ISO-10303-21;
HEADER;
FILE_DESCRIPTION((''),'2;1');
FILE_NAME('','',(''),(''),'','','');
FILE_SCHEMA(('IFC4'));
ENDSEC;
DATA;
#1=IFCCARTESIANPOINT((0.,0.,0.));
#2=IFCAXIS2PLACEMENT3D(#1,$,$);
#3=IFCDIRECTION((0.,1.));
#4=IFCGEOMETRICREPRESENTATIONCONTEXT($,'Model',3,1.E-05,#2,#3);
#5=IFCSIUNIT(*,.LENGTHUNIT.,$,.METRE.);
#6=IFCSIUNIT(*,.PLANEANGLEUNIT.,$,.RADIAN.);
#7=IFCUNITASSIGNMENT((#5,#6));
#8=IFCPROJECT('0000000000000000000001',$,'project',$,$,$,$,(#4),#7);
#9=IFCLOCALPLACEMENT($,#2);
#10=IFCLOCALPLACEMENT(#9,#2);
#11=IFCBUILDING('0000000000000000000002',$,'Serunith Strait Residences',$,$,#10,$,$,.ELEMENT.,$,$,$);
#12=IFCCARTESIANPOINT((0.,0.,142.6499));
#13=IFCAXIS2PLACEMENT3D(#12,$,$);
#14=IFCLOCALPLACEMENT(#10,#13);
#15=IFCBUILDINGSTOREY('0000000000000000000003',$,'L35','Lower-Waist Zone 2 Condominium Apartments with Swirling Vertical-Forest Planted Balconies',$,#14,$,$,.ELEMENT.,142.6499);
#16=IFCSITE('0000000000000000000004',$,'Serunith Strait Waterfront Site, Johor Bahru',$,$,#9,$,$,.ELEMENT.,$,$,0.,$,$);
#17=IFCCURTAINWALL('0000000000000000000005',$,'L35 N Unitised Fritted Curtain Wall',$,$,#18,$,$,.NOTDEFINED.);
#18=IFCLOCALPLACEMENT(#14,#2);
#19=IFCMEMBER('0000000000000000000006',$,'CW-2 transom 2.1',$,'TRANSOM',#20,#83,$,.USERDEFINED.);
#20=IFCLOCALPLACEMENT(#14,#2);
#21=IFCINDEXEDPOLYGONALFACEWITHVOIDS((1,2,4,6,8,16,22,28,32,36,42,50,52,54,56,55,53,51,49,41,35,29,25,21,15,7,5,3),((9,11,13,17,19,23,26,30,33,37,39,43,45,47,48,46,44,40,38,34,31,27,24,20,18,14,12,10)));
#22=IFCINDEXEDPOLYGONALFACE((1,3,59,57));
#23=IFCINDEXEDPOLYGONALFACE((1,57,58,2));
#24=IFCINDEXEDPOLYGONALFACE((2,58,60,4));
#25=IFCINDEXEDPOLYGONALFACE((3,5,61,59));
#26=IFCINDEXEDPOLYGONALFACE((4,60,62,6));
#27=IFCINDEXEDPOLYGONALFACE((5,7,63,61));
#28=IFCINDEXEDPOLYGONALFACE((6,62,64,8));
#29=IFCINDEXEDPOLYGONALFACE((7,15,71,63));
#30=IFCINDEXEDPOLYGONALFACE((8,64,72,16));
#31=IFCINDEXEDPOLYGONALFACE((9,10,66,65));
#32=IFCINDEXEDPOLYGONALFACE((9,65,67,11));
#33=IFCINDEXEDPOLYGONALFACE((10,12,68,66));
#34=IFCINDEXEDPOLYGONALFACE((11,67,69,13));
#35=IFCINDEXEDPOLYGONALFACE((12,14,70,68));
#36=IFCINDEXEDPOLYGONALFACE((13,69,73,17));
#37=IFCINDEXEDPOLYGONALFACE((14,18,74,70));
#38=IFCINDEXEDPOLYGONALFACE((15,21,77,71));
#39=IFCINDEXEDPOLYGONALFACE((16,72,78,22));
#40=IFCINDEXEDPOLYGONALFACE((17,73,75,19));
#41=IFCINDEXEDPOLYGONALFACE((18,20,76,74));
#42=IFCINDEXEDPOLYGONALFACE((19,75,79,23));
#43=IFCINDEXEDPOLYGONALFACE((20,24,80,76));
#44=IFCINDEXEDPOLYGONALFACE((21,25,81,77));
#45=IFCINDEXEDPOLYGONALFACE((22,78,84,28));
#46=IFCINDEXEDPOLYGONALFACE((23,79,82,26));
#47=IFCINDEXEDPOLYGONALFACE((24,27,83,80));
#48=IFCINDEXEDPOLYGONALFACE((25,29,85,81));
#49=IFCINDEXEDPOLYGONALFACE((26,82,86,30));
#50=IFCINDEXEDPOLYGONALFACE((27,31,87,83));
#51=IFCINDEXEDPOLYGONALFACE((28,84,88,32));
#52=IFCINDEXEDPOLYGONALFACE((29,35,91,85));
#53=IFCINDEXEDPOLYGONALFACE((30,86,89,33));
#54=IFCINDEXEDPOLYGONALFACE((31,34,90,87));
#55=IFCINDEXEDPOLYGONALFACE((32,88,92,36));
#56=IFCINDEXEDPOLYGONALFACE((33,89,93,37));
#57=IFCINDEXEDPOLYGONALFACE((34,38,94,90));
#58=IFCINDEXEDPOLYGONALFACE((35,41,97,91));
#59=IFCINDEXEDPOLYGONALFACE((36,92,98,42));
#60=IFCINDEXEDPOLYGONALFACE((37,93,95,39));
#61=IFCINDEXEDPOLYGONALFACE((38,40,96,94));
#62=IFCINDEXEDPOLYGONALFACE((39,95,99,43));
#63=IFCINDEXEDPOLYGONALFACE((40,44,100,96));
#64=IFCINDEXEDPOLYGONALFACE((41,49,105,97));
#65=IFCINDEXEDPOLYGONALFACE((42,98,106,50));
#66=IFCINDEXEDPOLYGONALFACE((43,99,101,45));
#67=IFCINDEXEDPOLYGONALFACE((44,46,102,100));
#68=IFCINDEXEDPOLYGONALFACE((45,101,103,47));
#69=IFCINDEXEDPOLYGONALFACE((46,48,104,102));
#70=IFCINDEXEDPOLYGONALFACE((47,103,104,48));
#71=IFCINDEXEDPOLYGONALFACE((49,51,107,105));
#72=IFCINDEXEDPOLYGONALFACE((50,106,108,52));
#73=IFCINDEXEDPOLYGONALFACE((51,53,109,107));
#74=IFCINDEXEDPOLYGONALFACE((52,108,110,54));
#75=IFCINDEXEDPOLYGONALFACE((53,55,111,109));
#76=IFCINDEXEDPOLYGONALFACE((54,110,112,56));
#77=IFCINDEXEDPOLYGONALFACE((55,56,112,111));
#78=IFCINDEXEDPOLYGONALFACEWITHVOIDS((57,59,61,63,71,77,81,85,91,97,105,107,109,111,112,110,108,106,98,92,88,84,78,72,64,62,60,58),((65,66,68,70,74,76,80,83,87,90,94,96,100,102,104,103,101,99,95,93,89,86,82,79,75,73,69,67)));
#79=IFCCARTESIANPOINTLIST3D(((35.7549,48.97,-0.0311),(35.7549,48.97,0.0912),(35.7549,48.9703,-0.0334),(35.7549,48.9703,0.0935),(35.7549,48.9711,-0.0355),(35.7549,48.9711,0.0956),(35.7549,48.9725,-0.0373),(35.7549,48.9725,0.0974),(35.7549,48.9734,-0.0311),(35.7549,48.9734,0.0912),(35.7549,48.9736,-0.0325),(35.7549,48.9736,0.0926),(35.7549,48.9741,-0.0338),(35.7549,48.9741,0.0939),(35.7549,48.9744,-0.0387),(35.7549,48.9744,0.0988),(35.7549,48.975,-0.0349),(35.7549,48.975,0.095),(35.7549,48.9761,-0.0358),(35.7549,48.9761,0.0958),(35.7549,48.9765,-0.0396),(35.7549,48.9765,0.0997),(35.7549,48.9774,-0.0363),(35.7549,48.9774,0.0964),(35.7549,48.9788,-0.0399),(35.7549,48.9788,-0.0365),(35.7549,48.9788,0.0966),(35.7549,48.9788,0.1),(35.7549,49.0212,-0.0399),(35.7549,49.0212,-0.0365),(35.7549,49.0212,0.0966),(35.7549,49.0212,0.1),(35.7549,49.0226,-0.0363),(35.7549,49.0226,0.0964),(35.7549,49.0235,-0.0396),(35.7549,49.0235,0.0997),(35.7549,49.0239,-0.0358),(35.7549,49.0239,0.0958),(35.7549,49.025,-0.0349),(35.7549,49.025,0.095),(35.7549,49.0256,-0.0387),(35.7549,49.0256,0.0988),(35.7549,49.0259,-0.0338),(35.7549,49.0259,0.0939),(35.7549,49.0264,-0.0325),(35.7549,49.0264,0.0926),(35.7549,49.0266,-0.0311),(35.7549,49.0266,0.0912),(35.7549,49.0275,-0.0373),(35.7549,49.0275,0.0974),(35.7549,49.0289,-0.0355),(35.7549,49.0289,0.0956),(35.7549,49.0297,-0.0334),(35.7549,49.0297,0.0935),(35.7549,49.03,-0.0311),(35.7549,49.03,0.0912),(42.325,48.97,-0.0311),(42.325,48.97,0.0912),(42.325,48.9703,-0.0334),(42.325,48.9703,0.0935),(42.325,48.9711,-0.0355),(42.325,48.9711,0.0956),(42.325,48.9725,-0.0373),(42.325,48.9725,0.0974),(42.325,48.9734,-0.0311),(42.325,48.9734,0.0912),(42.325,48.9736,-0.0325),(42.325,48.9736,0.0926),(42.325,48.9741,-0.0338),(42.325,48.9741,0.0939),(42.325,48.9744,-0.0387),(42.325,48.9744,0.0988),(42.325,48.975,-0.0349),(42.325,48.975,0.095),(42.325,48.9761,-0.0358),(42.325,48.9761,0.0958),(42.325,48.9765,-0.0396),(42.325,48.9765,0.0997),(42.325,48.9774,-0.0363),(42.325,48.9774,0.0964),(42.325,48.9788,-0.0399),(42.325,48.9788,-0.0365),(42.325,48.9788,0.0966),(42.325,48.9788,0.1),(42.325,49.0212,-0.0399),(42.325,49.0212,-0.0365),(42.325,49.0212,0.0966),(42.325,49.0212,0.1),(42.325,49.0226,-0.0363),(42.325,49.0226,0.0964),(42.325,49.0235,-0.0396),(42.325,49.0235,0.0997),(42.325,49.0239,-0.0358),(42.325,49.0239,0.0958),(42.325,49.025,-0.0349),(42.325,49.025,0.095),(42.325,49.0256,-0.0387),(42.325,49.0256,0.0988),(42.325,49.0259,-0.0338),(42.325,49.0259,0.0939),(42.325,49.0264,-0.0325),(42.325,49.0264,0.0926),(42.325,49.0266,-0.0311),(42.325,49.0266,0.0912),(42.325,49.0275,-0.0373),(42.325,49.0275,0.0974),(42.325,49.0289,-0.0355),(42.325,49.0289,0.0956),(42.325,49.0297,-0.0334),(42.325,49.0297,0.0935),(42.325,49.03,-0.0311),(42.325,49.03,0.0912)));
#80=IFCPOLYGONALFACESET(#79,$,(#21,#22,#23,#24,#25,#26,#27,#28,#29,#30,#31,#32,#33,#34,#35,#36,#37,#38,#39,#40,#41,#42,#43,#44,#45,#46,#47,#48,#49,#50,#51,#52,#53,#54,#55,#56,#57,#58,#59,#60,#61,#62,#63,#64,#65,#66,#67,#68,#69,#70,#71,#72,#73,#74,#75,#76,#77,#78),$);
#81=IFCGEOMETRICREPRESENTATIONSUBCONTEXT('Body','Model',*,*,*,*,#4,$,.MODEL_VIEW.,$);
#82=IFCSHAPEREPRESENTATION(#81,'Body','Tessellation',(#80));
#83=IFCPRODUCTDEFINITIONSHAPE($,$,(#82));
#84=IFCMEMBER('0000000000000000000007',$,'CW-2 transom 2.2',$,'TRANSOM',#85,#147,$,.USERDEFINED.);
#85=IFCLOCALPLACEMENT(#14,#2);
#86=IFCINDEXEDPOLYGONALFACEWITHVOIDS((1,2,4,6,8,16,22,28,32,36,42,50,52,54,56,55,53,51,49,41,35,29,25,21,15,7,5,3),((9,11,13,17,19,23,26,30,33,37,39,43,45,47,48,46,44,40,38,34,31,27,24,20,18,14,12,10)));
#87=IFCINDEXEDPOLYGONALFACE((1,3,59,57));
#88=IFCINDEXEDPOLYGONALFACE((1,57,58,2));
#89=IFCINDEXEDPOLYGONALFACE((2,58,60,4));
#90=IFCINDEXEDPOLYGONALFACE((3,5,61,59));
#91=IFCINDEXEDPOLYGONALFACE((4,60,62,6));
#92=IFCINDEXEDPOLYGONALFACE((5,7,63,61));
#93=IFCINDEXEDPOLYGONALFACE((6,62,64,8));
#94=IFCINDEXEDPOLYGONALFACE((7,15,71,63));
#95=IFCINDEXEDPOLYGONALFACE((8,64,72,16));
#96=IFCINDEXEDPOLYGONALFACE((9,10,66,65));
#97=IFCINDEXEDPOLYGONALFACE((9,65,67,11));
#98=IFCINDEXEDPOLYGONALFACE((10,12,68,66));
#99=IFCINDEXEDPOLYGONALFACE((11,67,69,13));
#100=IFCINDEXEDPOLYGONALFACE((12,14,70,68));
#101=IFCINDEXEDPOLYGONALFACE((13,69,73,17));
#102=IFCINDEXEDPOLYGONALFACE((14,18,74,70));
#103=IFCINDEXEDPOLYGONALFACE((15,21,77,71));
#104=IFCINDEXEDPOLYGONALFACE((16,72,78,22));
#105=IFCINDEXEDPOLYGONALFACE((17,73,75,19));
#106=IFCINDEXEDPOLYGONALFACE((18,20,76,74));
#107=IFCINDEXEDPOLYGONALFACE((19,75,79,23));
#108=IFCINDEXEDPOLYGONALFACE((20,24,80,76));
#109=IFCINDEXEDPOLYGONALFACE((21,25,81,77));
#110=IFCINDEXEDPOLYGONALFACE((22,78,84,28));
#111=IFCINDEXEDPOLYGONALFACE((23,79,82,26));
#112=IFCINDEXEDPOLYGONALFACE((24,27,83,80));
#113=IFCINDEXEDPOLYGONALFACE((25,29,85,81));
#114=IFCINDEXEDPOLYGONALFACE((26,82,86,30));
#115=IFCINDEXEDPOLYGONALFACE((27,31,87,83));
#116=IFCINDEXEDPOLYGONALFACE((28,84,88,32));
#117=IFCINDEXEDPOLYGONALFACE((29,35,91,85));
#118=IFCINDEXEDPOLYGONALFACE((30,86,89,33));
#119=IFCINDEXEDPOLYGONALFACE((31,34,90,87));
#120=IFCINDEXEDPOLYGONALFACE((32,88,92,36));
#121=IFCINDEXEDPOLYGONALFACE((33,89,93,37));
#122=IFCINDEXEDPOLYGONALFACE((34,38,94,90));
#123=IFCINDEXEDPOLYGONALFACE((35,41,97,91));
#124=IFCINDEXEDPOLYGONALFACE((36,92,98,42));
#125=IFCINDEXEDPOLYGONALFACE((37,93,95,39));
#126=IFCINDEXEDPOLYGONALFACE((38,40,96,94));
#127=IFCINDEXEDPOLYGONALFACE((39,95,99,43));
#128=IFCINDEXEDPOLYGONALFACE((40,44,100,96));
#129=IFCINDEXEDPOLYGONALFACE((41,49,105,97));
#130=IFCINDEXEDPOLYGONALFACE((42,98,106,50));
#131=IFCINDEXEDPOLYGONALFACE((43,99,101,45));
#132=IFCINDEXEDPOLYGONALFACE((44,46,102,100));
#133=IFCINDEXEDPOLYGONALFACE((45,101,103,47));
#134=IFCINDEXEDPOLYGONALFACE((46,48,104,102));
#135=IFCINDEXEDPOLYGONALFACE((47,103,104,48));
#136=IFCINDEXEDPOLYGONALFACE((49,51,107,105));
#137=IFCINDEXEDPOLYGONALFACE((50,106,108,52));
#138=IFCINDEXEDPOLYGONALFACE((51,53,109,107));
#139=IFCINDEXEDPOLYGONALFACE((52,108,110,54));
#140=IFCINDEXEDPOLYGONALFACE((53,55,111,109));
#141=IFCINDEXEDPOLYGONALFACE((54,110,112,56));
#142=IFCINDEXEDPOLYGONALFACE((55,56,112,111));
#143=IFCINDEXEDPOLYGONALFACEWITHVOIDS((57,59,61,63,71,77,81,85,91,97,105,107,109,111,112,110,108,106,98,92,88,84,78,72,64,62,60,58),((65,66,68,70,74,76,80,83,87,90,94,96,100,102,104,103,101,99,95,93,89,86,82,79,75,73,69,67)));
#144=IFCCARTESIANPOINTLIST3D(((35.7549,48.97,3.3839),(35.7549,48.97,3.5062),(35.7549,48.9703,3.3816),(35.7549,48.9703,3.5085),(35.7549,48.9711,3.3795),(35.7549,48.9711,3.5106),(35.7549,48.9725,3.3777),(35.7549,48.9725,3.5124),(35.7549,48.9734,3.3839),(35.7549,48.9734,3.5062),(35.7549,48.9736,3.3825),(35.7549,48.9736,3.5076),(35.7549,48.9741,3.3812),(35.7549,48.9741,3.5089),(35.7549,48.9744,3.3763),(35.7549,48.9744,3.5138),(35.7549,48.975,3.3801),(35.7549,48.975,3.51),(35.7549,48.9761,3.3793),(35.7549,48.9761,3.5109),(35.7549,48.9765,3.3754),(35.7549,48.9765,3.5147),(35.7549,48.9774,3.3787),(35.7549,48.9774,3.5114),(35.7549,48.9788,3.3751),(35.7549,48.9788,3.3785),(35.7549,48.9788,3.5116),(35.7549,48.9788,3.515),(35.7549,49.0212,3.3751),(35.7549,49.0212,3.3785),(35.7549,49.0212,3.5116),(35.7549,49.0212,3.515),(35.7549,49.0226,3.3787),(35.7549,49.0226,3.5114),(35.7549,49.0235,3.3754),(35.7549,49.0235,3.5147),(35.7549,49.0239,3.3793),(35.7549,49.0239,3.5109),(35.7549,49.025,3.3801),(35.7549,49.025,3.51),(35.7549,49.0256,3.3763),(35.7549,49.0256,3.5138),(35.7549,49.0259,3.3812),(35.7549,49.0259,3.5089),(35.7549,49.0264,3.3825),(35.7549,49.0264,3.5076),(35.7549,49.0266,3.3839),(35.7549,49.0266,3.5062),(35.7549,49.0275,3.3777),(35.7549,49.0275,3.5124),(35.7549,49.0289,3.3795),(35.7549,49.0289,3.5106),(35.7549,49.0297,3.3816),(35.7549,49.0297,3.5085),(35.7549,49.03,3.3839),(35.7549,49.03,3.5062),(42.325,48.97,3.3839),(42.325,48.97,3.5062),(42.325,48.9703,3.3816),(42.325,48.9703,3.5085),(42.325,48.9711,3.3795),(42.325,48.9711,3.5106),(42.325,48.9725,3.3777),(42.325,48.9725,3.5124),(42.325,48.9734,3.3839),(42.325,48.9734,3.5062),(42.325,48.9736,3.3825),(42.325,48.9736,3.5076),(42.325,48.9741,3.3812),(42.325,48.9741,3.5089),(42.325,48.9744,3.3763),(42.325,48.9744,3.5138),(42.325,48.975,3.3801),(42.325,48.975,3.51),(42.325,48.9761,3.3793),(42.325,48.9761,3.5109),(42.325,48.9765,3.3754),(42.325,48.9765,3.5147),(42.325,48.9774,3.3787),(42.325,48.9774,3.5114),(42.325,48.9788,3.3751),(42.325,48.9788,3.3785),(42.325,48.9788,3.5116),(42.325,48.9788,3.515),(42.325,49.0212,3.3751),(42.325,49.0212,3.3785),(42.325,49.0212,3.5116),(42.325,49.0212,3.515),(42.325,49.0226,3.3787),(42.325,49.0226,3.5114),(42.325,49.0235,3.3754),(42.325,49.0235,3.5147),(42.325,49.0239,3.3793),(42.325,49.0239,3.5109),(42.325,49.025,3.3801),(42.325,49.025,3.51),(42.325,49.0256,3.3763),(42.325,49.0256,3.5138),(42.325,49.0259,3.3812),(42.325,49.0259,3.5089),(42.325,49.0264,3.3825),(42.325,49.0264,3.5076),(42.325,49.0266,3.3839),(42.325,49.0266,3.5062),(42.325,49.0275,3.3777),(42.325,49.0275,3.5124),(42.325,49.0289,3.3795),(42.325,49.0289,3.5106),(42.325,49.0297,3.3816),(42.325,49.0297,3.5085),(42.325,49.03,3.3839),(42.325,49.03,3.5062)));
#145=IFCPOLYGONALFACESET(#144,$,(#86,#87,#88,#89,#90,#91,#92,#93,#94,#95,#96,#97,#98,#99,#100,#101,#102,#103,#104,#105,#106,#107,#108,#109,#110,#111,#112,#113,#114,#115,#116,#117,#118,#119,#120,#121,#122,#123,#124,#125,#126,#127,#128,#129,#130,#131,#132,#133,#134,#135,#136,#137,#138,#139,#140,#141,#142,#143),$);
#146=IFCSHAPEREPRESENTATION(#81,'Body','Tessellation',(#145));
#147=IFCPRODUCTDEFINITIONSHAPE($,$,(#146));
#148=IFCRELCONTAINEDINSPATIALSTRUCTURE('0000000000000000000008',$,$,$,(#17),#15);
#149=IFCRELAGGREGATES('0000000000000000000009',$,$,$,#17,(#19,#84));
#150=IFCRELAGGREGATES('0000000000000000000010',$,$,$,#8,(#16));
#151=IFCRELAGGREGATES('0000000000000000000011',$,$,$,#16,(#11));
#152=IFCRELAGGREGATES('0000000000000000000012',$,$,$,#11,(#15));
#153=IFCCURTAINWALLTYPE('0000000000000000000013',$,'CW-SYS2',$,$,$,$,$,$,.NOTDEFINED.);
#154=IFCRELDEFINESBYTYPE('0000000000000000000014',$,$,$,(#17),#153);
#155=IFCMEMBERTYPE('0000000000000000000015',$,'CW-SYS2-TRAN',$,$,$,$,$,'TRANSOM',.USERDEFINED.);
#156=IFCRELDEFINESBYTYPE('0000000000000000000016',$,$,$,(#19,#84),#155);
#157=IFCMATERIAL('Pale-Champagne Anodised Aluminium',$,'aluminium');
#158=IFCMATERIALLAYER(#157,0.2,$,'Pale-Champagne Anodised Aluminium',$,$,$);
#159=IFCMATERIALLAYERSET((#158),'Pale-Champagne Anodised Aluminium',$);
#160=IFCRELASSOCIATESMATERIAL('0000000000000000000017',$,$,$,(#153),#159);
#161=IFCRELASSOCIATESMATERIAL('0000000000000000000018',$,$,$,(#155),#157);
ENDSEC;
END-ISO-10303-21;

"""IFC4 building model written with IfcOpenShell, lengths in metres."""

from ifc_helpers import new_model, si_unit, direction, frame, origin, origin_2d, place, context, subcontext, project, spatial, hollow_rectangle, extrude, source, transform, mapped, material, layer, layer_set, material_profile, profile_set, type_object, element, aggregate, save


model = new_model("IFC4")

# Units and contexts
model_context = context("Model", 3, precision=1e-05, world=origin(), true_north=direction((0.0, 1.0)))
body_context = subcontext(model_context, "Body", "Model", "MODEL_VIEW")
ifc_project = project(units=[si_unit("LENGTHUNIT", "METRE"), si_unit("PLANEANGLEUNIT", "RADIAN")], contexts=[model_context])

# Site, building, storey
site_placement = place(None, origin())
site = spatial("IfcSite", under=ifc_project, at=site_placement, Name="Serunith Strait Waterfront Site, Johor Bahru", CompositionType="ELEMENT", RefElevation=0.0)
building_placement = place(site_placement, origin())
building = spatial("IfcBuilding", under=site, at=building_placement, Name="Serunith Strait Residences", CompositionType="ELEMENT")
storey_placement = place(building_placement, frame((0.0, 0.0, 142.6499)))
storey = spatial("IfcBuildingStorey", under=building, at=storey_placement, Name="L35", Description="Lower-Waist Zone 2 Condominium Apartments with Swirling Vertical-Forest Planted Balconies", CompositionType="ELEMENT", Elevation=142.6499)

# Curtain wall, members
ifc_material_1 = material(Name="Pale-Champagne Anodised Aluminium", Category="aluminium")
ifc_layer_1 = layer(ifc_material_1, 0.2, Name="Pale-Champagne Anodised Aluminium")
ifc_layer_set_1 = layer_set([ifc_layer_1], Name="Pale-Champagne Anodised Aluminium")
curtain_wall_type = type_object("IfcCurtainWallType", Name="CW-SYS2", PredefinedType="NOTDEFINED", material=ifc_layer_set_1)
curtain_wall_placement = place(storey_placement, origin())
curtain_wall = element("IfcCurtainWall", 1, at=curtain_wall_placement, inside=storey, type_object=curtain_wall_type, Name="L35 N Unitised Fritted Curtain Wall", PredefinedType="NOTDEFINED")
ifc_material_profile_1 = material_profile(ifc_material_1, hollow_rectangle(XDim=0.0601, YDim=0.1399, WallThickness=0.0034, InnerFilletRadius=0.0054, OuterFilletRadius=0.0088, at=origin_2d()), Name="ALU 140x60x3.5")
ifc_profile_set_1 = profile_set([ifc_material_profile_1], Name="Pale-Champagne Anodised Aluminium")
member_type_1 = type_object("IfcMemberType", Name="CW-SYS2-TRAN", ElementType="TRANSOM", PredefinedType="USERDEFINED", material=ifc_profile_set_1)
shared_shape_1 = source(origin(), body_context, "Body", "SweptSolid", [
    extrude(hollow_rectangle(XDim=0.0601, YDim=0.1399, WallThickness=0.0034, InnerFilletRadius=0.0054, OuterFilletRadius=0.0088, at=origin_2d()), origin(), (0.0, 0.0, 1.0), 6.5701),
])
member_1_placement = place(storey_placement, frame((42.325, 49.0, 0.03), z_axis=(-1.0, 0.0, 0.0), x_axis=(0.0, -1.0, 0.0)))
member_1 = element("IfcMember", 2, at=member_1_placement, type_object=member_type_1, Name="CW-2 transom 2.1", ObjectType="TRANSOM", PredefinedType="USERDEFINED", context=body_context, shape_type="MappedRepresentation", body=[
    mapped(shared_shape_1, transform((0.0, 0.0, 0.0), scale=1.0)),
])
member_2_placement = place(storey_placement, frame((42.325, 49.0, 3.4451), z_axis=(-1.0, 0.0, 0.0), x_axis=(0.0, -1.0, 0.0)))
member_2 = element("IfcMember", 3, at=member_2_placement, type_object=member_type_1, Name="CW-2 transom 2.2", ObjectType="TRANSOM", PredefinedType="USERDEFINED", context=body_context, shape_type="MappedRepresentation", body=[
    mapped(shared_shape_1, transform((0.0, 0.0, 0.0), scale=1.0)),
])
aggregate(curtain_wall, [member_1, member_2])

save(model, "model.ifc")
